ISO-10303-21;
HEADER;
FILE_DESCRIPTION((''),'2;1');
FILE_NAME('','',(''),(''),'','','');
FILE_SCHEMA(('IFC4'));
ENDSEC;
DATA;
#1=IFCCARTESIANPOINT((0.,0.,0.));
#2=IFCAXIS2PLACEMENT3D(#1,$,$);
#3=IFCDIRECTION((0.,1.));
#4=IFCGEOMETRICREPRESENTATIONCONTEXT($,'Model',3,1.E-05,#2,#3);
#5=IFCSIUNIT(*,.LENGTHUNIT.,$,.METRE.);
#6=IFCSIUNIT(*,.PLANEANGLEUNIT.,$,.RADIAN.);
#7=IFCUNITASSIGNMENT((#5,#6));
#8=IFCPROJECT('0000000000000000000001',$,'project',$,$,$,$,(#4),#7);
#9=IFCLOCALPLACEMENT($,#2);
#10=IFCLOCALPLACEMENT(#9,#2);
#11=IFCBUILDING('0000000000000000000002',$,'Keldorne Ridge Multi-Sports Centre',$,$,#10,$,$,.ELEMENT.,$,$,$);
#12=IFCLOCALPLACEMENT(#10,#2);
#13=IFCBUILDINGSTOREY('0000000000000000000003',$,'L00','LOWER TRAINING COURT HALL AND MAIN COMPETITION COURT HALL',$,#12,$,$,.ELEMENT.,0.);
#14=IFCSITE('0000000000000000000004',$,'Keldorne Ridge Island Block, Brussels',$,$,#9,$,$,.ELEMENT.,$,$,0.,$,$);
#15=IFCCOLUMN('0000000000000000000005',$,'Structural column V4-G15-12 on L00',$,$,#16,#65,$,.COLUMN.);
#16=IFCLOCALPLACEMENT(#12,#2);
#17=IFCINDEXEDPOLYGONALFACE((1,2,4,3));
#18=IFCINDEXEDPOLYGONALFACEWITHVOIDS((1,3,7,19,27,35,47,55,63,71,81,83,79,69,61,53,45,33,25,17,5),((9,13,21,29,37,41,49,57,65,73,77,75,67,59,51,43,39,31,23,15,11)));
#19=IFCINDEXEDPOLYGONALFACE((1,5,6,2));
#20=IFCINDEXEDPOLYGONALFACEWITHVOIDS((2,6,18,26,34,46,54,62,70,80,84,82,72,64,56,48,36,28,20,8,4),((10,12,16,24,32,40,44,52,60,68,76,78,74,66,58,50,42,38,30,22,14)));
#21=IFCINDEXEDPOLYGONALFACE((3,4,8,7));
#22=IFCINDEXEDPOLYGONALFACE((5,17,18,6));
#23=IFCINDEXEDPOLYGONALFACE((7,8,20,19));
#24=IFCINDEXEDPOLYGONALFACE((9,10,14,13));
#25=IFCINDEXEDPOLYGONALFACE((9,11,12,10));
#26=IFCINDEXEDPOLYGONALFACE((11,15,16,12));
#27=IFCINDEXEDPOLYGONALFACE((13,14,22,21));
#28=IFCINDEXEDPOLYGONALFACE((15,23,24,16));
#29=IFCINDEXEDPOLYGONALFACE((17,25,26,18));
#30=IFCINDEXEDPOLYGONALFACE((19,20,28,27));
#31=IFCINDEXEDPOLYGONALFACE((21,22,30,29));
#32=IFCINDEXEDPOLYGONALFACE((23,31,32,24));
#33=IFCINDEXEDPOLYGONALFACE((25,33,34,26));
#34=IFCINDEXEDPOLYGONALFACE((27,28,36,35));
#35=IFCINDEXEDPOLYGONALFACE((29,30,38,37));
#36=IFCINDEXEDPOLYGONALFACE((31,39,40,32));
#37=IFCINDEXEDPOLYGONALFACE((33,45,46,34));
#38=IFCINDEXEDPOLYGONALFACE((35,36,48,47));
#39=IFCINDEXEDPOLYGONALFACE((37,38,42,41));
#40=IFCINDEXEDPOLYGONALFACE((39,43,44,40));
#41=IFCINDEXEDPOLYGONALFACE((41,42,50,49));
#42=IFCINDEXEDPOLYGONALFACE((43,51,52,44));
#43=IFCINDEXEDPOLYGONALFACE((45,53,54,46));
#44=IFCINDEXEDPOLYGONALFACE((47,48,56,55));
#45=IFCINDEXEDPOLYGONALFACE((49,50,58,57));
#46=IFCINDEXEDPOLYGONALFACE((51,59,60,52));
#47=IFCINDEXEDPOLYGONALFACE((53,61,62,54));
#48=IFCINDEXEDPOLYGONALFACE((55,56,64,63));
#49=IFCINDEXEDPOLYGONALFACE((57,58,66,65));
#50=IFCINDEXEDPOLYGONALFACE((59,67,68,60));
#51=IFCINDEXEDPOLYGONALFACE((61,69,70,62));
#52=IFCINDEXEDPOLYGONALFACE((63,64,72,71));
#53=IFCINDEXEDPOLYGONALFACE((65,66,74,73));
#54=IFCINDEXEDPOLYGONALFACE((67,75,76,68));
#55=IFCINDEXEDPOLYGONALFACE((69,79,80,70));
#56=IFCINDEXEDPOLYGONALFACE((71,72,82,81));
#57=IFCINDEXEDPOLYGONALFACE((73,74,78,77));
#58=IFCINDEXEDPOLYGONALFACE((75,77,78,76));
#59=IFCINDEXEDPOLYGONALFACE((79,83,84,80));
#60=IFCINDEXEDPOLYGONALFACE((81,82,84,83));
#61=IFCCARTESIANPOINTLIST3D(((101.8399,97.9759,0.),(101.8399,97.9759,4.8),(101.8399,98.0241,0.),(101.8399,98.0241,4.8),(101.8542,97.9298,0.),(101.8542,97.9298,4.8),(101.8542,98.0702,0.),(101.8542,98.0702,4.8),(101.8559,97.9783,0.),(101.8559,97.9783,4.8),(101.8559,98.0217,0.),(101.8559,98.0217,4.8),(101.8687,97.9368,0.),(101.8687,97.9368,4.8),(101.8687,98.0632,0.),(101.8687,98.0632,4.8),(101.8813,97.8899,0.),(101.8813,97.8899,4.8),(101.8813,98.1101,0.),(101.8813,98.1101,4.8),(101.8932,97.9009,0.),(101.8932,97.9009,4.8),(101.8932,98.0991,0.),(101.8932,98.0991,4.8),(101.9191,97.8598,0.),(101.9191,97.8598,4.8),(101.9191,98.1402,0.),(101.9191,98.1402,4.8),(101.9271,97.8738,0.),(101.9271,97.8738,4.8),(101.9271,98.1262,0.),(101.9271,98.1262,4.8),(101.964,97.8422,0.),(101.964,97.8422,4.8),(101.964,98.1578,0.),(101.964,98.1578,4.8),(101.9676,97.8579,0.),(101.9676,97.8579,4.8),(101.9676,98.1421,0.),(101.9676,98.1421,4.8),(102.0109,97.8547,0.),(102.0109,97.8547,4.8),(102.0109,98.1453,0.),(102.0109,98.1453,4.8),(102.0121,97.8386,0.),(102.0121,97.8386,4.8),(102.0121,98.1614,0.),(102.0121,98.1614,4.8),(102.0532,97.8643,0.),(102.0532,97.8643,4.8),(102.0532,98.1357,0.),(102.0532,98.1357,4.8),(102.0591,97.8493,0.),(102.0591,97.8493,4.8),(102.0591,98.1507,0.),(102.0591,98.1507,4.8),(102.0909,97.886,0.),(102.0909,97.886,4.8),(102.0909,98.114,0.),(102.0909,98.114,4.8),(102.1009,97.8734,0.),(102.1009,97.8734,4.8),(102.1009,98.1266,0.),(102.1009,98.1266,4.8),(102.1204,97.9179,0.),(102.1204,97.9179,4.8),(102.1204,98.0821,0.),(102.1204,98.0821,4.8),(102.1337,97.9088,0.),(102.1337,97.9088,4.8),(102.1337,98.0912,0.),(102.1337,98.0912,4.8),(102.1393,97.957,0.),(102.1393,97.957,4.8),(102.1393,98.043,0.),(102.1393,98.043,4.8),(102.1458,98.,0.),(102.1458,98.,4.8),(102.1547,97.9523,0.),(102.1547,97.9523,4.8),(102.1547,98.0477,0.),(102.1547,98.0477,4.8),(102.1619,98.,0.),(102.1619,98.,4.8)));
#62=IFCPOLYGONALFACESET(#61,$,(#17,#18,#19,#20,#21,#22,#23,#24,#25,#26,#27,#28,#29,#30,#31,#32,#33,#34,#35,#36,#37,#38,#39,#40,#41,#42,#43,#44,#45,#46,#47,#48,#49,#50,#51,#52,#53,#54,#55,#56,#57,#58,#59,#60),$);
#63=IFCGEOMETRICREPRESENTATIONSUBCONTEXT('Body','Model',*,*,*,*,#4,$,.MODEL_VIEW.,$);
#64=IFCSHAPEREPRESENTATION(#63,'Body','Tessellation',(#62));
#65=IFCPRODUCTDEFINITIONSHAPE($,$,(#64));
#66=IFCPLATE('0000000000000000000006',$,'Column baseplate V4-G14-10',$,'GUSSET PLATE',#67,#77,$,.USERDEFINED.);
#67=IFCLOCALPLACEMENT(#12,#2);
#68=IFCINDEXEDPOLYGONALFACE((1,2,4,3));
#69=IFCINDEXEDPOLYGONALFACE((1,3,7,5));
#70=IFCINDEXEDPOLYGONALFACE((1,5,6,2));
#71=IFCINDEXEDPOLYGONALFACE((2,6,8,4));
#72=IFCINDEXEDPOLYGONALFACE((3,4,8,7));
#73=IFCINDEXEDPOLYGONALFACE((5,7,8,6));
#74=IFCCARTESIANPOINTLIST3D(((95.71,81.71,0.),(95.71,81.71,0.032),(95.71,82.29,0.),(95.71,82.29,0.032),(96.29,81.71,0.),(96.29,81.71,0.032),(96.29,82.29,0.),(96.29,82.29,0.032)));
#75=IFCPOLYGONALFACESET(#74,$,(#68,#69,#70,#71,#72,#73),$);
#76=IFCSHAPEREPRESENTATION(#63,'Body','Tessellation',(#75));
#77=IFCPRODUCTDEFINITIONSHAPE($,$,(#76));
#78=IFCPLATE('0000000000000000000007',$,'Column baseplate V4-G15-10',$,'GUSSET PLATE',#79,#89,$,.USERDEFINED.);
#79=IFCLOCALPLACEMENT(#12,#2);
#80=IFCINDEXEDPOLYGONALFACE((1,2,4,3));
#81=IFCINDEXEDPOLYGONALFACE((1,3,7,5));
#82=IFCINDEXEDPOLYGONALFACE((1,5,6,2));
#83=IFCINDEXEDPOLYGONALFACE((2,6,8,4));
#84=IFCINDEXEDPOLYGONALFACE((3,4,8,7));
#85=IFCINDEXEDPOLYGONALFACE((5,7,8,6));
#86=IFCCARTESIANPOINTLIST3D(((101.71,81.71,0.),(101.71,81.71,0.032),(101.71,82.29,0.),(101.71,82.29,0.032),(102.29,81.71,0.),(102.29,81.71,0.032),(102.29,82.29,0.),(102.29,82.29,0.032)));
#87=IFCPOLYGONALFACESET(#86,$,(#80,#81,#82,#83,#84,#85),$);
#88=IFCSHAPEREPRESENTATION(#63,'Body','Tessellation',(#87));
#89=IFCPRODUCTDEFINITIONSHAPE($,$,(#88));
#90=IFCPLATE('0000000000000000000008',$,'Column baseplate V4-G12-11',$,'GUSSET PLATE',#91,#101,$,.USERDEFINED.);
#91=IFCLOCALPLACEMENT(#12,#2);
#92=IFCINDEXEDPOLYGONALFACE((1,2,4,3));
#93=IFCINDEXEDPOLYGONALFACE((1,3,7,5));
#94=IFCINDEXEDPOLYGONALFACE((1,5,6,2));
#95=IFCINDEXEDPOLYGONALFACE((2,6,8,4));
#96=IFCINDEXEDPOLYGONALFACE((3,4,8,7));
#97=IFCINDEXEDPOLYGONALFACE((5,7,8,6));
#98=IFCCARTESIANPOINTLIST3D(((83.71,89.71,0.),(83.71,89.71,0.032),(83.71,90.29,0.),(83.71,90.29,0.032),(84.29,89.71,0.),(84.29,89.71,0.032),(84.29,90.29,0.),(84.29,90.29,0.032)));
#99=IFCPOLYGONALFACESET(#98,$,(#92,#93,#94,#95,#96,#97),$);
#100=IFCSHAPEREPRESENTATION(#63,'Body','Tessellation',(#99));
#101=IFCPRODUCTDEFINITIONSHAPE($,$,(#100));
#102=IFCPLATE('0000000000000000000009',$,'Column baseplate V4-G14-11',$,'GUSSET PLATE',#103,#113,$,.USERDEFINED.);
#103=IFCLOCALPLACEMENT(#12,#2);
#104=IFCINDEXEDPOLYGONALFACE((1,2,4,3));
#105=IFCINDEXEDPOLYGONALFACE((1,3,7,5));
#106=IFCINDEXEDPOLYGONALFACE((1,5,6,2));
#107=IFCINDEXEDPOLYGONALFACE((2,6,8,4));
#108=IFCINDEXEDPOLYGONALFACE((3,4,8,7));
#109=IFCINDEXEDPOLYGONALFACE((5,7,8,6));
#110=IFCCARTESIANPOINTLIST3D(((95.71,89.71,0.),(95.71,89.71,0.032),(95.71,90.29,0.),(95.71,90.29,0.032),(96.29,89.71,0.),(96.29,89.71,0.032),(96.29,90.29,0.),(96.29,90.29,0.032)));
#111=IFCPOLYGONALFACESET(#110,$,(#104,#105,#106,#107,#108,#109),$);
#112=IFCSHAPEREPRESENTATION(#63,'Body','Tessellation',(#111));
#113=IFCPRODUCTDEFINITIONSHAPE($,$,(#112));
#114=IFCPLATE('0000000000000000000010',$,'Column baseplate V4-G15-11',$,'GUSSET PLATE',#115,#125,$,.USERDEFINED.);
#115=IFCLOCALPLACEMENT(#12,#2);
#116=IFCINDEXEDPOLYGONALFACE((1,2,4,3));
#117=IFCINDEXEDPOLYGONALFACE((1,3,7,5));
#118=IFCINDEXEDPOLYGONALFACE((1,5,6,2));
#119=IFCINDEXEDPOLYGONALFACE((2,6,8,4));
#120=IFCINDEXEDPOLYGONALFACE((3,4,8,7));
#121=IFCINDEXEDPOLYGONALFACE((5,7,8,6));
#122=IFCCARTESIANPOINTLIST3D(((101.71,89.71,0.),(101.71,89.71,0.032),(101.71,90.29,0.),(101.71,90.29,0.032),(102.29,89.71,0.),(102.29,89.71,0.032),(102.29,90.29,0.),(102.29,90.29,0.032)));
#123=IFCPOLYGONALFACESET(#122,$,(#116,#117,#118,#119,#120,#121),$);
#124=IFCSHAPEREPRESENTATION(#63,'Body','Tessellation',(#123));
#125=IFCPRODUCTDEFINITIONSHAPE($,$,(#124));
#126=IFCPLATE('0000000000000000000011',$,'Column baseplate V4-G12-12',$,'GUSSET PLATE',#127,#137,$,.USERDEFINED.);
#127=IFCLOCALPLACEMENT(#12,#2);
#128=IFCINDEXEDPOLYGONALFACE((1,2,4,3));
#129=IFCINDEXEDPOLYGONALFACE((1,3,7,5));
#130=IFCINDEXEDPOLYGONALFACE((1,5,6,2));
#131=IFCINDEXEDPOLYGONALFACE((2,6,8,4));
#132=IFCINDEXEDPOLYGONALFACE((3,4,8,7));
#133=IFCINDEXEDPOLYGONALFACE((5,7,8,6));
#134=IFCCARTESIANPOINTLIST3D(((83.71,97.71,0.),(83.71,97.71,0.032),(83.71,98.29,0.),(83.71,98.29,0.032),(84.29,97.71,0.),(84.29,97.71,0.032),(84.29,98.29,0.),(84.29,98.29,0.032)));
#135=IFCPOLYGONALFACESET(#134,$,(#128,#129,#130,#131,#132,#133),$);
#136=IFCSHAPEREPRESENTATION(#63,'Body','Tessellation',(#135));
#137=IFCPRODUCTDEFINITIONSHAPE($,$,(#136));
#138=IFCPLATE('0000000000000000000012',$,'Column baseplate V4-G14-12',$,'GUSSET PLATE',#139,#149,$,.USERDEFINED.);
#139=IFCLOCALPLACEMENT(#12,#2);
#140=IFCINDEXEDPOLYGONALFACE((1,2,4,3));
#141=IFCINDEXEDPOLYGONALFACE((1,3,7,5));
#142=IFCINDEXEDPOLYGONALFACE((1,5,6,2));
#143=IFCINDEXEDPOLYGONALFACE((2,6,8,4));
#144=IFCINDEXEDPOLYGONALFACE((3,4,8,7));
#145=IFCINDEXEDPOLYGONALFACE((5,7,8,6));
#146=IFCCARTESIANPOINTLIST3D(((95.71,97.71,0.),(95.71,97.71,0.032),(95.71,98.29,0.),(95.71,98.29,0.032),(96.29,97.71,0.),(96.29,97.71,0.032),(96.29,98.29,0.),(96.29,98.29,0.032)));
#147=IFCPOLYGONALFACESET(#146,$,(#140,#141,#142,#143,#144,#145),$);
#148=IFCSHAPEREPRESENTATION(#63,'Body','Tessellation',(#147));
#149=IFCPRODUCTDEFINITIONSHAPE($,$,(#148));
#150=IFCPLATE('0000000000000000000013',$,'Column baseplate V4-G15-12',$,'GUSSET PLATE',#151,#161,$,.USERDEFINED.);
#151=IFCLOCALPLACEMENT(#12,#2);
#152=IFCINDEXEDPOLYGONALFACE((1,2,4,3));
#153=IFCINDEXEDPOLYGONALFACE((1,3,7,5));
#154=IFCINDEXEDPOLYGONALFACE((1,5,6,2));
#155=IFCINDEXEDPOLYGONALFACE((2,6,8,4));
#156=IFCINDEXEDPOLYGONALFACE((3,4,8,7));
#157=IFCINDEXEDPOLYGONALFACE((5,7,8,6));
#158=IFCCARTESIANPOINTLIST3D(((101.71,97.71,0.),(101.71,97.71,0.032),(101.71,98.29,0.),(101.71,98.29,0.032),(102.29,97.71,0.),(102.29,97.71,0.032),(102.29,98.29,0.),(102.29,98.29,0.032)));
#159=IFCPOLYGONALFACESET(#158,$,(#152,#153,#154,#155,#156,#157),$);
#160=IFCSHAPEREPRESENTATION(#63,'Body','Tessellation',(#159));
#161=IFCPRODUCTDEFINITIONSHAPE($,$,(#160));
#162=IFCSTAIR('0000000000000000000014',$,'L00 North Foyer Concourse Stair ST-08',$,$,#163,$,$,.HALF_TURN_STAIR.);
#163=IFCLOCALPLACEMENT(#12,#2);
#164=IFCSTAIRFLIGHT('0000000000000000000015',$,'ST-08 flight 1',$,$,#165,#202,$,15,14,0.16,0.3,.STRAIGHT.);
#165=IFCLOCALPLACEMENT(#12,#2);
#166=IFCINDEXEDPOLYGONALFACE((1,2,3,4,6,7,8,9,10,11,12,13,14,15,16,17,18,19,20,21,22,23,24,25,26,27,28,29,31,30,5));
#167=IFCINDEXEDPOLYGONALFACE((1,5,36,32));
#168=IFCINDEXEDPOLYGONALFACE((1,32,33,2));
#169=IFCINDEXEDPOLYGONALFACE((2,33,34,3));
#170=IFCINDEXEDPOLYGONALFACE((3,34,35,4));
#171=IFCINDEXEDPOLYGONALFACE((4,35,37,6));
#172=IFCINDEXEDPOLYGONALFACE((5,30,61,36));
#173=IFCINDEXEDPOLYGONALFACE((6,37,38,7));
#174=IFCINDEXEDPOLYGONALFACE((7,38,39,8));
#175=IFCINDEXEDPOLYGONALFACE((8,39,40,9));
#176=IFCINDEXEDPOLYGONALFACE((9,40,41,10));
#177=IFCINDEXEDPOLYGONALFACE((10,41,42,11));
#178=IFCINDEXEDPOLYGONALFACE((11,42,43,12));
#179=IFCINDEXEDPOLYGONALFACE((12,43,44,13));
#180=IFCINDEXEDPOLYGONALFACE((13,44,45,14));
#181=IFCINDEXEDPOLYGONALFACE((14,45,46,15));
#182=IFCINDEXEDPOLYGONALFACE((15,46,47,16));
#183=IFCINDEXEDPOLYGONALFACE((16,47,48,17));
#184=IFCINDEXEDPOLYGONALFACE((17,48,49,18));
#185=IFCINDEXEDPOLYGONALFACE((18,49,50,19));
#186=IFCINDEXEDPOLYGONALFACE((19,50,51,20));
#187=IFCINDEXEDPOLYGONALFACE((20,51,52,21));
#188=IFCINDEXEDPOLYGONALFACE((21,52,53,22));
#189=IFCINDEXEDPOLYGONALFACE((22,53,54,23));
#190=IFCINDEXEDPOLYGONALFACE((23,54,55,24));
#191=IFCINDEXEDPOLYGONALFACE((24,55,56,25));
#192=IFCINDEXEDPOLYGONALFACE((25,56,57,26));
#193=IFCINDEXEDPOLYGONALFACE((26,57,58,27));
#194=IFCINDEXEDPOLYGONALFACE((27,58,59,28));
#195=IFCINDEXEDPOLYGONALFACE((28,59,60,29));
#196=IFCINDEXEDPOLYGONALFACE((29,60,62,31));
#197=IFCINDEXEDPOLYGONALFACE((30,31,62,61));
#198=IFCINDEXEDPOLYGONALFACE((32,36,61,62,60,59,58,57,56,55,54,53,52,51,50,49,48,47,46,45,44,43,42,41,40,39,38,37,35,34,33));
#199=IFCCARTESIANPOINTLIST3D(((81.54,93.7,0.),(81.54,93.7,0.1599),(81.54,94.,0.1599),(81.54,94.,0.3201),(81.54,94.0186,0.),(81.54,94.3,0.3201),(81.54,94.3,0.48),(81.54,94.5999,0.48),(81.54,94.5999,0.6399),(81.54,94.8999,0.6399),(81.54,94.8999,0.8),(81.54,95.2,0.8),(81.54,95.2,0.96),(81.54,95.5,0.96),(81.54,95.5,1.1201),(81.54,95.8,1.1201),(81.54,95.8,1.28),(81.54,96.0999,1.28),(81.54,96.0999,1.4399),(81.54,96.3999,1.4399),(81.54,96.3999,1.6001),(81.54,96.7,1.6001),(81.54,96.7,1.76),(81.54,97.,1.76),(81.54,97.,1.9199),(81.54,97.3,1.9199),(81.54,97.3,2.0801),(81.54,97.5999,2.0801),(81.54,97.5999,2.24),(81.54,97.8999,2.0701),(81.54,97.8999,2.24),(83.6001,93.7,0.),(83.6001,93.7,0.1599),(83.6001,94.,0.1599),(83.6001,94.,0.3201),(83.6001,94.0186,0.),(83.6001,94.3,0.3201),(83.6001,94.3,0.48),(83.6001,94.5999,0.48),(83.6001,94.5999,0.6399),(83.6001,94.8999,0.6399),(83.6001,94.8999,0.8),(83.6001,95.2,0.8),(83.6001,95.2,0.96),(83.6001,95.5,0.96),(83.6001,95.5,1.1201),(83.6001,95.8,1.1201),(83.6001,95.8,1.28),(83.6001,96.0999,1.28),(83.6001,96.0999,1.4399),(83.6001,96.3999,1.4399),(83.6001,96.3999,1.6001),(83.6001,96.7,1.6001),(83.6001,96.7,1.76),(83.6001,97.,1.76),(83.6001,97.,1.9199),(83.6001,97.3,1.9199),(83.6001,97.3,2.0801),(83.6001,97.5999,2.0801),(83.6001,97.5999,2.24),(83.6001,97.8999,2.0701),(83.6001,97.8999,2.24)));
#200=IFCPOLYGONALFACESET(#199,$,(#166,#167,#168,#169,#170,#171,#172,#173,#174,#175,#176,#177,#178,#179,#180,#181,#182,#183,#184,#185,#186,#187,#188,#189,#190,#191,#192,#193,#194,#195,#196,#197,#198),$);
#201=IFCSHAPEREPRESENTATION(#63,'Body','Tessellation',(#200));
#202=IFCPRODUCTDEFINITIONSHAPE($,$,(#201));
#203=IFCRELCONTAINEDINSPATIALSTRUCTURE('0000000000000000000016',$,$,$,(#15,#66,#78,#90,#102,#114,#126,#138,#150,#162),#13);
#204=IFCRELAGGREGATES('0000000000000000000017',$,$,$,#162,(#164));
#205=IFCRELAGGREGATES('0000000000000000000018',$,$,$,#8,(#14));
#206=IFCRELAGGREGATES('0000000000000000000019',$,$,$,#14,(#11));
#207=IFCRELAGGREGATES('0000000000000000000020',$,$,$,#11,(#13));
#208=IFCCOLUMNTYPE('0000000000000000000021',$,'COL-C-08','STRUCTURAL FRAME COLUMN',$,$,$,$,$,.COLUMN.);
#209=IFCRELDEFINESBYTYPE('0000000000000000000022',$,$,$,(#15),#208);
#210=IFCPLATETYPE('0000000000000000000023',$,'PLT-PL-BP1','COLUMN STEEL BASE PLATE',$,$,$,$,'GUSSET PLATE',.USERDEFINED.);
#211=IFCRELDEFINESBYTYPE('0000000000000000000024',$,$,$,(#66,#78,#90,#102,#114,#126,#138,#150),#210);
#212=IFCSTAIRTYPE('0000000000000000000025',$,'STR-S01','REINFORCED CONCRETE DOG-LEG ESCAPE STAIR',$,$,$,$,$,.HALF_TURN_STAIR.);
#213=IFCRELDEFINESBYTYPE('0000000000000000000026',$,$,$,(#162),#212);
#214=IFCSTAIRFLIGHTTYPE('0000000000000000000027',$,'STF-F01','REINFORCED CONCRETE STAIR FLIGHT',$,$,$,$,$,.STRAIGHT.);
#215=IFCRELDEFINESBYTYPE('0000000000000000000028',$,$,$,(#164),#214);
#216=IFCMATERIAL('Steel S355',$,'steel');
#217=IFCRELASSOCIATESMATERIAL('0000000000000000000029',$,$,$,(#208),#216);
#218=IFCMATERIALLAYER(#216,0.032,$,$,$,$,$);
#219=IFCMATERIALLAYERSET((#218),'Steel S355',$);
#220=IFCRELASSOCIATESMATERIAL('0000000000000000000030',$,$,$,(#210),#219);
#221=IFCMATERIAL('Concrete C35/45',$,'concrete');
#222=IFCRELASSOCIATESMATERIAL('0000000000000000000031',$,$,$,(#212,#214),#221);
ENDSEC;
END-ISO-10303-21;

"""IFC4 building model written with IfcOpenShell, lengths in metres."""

from ifc_helpers import new_model, si_unit, direction, frame, origin, origin_2d, place, context, subcontext, project, spatial, polyline, rectangle, hollow_circle, outline, extrude, material, layer, layer_set, material_profile, profile_set, type_object, element, aggregate, save


model = new_model("IFC4")

# Units and contexts
model_context = context("Model", 3, precision=1e-05, world=origin(), true_north=direction((0.0, 1.0)))
body_context = subcontext(model_context, "Body", "Model", "MODEL_VIEW")
ifc_project = project(units=[si_unit("LENGTHUNIT", "METRE"), si_unit("PLANEANGLEUNIT", "RADIAN")], contexts=[model_context])

# Site, building, storey
site_placement = place(None, origin())
site = spatial("IfcSite", under=ifc_project, at=site_placement, Name="Keldorne Ridge Island Block, Brussels", CompositionType="ELEMENT", RefElevation=0.0)
building_placement = place(site_placement, origin())
building = spatial("IfcBuilding", under=site, at=building_placement, Name="Keldorne Ridge Multi-Sports Centre", CompositionType="ELEMENT")
storey_placement = place(building_placement, origin())
storey = spatial("IfcBuildingStorey", under=building, at=storey_placement, Name="L00", Description="LOWER TRAINING COURT HALL AND MAIN COMPETITION COURT HALL", CompositionType="ELEMENT", Elevation=0.0)

# Shared definitions
ifc_material_1 = material(Name="Concrete C35/45", Category="concrete")

# Column
ifc_material_2 = material(Name="Steel S355", Category="steel")
ifc_material_profile_1 = material_profile(ifc_material_2, hollow_circle(Radius=0.1619, WallThickness=0.0161, at=origin_2d()), Name="CHS 323.9x16")
ifc_profile_set_1 = profile_set([ifc_material_profile_1], Name="Steel S355")
column_type = type_object("IfcColumnType", Name="COL-C-08", Description="STRUCTURAL FRAME COLUMN", PredefinedType="COLUMN", material=ifc_profile_set_1)
for number, where, z_axis, x_axis, name in (
    (1, (102.0, 98.0, 0.0), (0.0, 0.0, 1.0), (1.0, 0.0, 0.0), "Structural column V4-G15-12 on L00"),
):
    element("IfcColumn", number, at=place(storey_placement, frame(where, z_axis=z_axis, x_axis=x_axis)), inside=storey, type_object=column_type, Name=name, PredefinedType="COLUMN", context=body_context, shape_type="SweptSolid", body=[
        extrude(hollow_circle(Radius=0.1619, WallThickness=0.0161, at=origin_2d()), origin(), (0.0, 0.0, 1.0), 4.8),
    ])

# Plates
ifc_layer = layer(ifc_material_2, 0.032)
ifc_layer_set = layer_set([ifc_layer], Name="Steel S355")
plate_type = type_object("IfcPlateType", Name="PLT-PL-BP1", Description="COLUMN STEEL BASE PLATE", ElementType="GUSSET PLATE", PredefinedType="USERDEFINED", material=ifc_layer_set)
for number, where, z_axis, x_axis, name in (
    (2, (96.0, 82.0, 0.0), (0.0, 0.0, 1.0), (1.0, 0.0, 0.0), "Column baseplate V4-G14-10"),
    (3, (102.0, 82.0, 0.0), (0.0, 0.0, 1.0), (1.0, 0.0, 0.0), "Column baseplate V4-G15-10"),
    (4, (84.0, 90.0, 0.0), (0.0, 0.0, 1.0), (1.0, 0.0, 0.0), "Column baseplate V4-G12-11"),
    (5, (96.0, 90.0, 0.0), (0.0, 0.0, 1.0), (1.0, 0.0, 0.0), "Column baseplate V4-G14-11"),
    (6, (102.0, 90.0, 0.0), (0.0, 0.0, 1.0), (1.0, 0.0, 0.0), "Column baseplate V4-G15-11"),
    (7, (84.0, 98.0, 0.0), (0.0, 0.0, 1.0), (1.0, 0.0, 0.0), "Column baseplate V4-G12-12"),
    (8, (96.0, 98.0, 0.0), (0.0, 0.0, 1.0), (1.0, 0.0, 0.0), "Column baseplate V4-G14-12"),
    (9, (102.0, 98.0, 0.0), (0.0, 0.0, 1.0), (1.0, 0.0, 0.0), "Column baseplate V4-G15-12"),
):
    element("IfcPlate", number, at=place(storey_placement, frame(where, z_axis=z_axis, x_axis=x_axis)), inside=storey, type_object=plate_type, Name=name, ObjectType="GUSSET PLATE", PredefinedType="USERDEFINED", context=body_context, shape_type="SweptSolid", body=[
        extrude(rectangle(XDim=0.5801, YDim=0.5801, at=origin_2d()), origin(), (0.0, 0.0, 1.0), 0.032),
    ])

# Stair, stair flight
stair_type = type_object("IfcStairType", Name="STR-S01", Description="REINFORCED CONCRETE DOG-LEG ESCAPE STAIR", PredefinedType="HALF_TURN_STAIR", material=ifc_material_1)
stair_placement = place(storey_placement, origin())
stair = element("IfcStair", 10, at=stair_placement, inside=storey, type_object=stair_type, Name="L00 North Foyer Concourse Stair ST-08", PredefinedType="HALF_TURN_STAIR")
stair_flight_type = type_object("IfcStairFlightType", Name="STF-F01", Description="REINFORCED CONCRETE STAIR FLIGHT", PredefinedType="STRAIGHT", material=ifc_material_1)
stair_flight_placement = place(storey_placement, frame((82.5701, 93.7, 0.0), z_axis=(0.0, 0.0, 1.0), x_axis=(0.0, 1.0, 0.0)))
stair_flight = element("IfcStairFlight", 11, at=stair_flight_placement, type_object=stair_flight_type, Name="ST-08 flight 1", NumberOfRisers=15, NumberOfTreads=14, PredefinedType="STRAIGHT", RiserHeight=0.16, TreadLength=0.3, context=body_context, shape_type="SweptSolid", body=[
    extrude(outline(polyline([(0.0, 0.0), (0.0, 0.1599), (0.3, 0.1599), (0.3, 0.3201), (0.6001, 0.3201), (0.6001, 0.48), (0.8999, 0.48), (0.8999, 0.6399), (1.2, 0.6399), (1.2, 0.8), (1.5, 0.8), (1.5, 0.96), (1.8, 0.96), (1.8, 1.1201), (2.1001, 1.1201), (2.1001, 1.28), (2.3999, 1.28), (2.3999, 1.4399), (2.7, 1.4399), (2.7, 1.6001), (3.0, 1.6001), (3.0, 1.76), (3.3, 1.76), (3.3, 1.9199), (3.6001, 1.9199), (3.6001, 2.0801), (3.8999, 2.0801), (3.8999, 2.24), (4.2, 2.24), (4.2, 2.3999), (4.2, 2.0701), (0.3186, 0.0), (0.0, 0.0)])), frame((0.0, 1.03, 0.0), z_axis=(0.0, -1.0, 0.0), x_axis=(1.0, 0.0, 0.0)), (0.0, 0.0, 1.0), 2.0601),
])
aggregate(stair, [stair_flight])

save(model, "model.ifc")
